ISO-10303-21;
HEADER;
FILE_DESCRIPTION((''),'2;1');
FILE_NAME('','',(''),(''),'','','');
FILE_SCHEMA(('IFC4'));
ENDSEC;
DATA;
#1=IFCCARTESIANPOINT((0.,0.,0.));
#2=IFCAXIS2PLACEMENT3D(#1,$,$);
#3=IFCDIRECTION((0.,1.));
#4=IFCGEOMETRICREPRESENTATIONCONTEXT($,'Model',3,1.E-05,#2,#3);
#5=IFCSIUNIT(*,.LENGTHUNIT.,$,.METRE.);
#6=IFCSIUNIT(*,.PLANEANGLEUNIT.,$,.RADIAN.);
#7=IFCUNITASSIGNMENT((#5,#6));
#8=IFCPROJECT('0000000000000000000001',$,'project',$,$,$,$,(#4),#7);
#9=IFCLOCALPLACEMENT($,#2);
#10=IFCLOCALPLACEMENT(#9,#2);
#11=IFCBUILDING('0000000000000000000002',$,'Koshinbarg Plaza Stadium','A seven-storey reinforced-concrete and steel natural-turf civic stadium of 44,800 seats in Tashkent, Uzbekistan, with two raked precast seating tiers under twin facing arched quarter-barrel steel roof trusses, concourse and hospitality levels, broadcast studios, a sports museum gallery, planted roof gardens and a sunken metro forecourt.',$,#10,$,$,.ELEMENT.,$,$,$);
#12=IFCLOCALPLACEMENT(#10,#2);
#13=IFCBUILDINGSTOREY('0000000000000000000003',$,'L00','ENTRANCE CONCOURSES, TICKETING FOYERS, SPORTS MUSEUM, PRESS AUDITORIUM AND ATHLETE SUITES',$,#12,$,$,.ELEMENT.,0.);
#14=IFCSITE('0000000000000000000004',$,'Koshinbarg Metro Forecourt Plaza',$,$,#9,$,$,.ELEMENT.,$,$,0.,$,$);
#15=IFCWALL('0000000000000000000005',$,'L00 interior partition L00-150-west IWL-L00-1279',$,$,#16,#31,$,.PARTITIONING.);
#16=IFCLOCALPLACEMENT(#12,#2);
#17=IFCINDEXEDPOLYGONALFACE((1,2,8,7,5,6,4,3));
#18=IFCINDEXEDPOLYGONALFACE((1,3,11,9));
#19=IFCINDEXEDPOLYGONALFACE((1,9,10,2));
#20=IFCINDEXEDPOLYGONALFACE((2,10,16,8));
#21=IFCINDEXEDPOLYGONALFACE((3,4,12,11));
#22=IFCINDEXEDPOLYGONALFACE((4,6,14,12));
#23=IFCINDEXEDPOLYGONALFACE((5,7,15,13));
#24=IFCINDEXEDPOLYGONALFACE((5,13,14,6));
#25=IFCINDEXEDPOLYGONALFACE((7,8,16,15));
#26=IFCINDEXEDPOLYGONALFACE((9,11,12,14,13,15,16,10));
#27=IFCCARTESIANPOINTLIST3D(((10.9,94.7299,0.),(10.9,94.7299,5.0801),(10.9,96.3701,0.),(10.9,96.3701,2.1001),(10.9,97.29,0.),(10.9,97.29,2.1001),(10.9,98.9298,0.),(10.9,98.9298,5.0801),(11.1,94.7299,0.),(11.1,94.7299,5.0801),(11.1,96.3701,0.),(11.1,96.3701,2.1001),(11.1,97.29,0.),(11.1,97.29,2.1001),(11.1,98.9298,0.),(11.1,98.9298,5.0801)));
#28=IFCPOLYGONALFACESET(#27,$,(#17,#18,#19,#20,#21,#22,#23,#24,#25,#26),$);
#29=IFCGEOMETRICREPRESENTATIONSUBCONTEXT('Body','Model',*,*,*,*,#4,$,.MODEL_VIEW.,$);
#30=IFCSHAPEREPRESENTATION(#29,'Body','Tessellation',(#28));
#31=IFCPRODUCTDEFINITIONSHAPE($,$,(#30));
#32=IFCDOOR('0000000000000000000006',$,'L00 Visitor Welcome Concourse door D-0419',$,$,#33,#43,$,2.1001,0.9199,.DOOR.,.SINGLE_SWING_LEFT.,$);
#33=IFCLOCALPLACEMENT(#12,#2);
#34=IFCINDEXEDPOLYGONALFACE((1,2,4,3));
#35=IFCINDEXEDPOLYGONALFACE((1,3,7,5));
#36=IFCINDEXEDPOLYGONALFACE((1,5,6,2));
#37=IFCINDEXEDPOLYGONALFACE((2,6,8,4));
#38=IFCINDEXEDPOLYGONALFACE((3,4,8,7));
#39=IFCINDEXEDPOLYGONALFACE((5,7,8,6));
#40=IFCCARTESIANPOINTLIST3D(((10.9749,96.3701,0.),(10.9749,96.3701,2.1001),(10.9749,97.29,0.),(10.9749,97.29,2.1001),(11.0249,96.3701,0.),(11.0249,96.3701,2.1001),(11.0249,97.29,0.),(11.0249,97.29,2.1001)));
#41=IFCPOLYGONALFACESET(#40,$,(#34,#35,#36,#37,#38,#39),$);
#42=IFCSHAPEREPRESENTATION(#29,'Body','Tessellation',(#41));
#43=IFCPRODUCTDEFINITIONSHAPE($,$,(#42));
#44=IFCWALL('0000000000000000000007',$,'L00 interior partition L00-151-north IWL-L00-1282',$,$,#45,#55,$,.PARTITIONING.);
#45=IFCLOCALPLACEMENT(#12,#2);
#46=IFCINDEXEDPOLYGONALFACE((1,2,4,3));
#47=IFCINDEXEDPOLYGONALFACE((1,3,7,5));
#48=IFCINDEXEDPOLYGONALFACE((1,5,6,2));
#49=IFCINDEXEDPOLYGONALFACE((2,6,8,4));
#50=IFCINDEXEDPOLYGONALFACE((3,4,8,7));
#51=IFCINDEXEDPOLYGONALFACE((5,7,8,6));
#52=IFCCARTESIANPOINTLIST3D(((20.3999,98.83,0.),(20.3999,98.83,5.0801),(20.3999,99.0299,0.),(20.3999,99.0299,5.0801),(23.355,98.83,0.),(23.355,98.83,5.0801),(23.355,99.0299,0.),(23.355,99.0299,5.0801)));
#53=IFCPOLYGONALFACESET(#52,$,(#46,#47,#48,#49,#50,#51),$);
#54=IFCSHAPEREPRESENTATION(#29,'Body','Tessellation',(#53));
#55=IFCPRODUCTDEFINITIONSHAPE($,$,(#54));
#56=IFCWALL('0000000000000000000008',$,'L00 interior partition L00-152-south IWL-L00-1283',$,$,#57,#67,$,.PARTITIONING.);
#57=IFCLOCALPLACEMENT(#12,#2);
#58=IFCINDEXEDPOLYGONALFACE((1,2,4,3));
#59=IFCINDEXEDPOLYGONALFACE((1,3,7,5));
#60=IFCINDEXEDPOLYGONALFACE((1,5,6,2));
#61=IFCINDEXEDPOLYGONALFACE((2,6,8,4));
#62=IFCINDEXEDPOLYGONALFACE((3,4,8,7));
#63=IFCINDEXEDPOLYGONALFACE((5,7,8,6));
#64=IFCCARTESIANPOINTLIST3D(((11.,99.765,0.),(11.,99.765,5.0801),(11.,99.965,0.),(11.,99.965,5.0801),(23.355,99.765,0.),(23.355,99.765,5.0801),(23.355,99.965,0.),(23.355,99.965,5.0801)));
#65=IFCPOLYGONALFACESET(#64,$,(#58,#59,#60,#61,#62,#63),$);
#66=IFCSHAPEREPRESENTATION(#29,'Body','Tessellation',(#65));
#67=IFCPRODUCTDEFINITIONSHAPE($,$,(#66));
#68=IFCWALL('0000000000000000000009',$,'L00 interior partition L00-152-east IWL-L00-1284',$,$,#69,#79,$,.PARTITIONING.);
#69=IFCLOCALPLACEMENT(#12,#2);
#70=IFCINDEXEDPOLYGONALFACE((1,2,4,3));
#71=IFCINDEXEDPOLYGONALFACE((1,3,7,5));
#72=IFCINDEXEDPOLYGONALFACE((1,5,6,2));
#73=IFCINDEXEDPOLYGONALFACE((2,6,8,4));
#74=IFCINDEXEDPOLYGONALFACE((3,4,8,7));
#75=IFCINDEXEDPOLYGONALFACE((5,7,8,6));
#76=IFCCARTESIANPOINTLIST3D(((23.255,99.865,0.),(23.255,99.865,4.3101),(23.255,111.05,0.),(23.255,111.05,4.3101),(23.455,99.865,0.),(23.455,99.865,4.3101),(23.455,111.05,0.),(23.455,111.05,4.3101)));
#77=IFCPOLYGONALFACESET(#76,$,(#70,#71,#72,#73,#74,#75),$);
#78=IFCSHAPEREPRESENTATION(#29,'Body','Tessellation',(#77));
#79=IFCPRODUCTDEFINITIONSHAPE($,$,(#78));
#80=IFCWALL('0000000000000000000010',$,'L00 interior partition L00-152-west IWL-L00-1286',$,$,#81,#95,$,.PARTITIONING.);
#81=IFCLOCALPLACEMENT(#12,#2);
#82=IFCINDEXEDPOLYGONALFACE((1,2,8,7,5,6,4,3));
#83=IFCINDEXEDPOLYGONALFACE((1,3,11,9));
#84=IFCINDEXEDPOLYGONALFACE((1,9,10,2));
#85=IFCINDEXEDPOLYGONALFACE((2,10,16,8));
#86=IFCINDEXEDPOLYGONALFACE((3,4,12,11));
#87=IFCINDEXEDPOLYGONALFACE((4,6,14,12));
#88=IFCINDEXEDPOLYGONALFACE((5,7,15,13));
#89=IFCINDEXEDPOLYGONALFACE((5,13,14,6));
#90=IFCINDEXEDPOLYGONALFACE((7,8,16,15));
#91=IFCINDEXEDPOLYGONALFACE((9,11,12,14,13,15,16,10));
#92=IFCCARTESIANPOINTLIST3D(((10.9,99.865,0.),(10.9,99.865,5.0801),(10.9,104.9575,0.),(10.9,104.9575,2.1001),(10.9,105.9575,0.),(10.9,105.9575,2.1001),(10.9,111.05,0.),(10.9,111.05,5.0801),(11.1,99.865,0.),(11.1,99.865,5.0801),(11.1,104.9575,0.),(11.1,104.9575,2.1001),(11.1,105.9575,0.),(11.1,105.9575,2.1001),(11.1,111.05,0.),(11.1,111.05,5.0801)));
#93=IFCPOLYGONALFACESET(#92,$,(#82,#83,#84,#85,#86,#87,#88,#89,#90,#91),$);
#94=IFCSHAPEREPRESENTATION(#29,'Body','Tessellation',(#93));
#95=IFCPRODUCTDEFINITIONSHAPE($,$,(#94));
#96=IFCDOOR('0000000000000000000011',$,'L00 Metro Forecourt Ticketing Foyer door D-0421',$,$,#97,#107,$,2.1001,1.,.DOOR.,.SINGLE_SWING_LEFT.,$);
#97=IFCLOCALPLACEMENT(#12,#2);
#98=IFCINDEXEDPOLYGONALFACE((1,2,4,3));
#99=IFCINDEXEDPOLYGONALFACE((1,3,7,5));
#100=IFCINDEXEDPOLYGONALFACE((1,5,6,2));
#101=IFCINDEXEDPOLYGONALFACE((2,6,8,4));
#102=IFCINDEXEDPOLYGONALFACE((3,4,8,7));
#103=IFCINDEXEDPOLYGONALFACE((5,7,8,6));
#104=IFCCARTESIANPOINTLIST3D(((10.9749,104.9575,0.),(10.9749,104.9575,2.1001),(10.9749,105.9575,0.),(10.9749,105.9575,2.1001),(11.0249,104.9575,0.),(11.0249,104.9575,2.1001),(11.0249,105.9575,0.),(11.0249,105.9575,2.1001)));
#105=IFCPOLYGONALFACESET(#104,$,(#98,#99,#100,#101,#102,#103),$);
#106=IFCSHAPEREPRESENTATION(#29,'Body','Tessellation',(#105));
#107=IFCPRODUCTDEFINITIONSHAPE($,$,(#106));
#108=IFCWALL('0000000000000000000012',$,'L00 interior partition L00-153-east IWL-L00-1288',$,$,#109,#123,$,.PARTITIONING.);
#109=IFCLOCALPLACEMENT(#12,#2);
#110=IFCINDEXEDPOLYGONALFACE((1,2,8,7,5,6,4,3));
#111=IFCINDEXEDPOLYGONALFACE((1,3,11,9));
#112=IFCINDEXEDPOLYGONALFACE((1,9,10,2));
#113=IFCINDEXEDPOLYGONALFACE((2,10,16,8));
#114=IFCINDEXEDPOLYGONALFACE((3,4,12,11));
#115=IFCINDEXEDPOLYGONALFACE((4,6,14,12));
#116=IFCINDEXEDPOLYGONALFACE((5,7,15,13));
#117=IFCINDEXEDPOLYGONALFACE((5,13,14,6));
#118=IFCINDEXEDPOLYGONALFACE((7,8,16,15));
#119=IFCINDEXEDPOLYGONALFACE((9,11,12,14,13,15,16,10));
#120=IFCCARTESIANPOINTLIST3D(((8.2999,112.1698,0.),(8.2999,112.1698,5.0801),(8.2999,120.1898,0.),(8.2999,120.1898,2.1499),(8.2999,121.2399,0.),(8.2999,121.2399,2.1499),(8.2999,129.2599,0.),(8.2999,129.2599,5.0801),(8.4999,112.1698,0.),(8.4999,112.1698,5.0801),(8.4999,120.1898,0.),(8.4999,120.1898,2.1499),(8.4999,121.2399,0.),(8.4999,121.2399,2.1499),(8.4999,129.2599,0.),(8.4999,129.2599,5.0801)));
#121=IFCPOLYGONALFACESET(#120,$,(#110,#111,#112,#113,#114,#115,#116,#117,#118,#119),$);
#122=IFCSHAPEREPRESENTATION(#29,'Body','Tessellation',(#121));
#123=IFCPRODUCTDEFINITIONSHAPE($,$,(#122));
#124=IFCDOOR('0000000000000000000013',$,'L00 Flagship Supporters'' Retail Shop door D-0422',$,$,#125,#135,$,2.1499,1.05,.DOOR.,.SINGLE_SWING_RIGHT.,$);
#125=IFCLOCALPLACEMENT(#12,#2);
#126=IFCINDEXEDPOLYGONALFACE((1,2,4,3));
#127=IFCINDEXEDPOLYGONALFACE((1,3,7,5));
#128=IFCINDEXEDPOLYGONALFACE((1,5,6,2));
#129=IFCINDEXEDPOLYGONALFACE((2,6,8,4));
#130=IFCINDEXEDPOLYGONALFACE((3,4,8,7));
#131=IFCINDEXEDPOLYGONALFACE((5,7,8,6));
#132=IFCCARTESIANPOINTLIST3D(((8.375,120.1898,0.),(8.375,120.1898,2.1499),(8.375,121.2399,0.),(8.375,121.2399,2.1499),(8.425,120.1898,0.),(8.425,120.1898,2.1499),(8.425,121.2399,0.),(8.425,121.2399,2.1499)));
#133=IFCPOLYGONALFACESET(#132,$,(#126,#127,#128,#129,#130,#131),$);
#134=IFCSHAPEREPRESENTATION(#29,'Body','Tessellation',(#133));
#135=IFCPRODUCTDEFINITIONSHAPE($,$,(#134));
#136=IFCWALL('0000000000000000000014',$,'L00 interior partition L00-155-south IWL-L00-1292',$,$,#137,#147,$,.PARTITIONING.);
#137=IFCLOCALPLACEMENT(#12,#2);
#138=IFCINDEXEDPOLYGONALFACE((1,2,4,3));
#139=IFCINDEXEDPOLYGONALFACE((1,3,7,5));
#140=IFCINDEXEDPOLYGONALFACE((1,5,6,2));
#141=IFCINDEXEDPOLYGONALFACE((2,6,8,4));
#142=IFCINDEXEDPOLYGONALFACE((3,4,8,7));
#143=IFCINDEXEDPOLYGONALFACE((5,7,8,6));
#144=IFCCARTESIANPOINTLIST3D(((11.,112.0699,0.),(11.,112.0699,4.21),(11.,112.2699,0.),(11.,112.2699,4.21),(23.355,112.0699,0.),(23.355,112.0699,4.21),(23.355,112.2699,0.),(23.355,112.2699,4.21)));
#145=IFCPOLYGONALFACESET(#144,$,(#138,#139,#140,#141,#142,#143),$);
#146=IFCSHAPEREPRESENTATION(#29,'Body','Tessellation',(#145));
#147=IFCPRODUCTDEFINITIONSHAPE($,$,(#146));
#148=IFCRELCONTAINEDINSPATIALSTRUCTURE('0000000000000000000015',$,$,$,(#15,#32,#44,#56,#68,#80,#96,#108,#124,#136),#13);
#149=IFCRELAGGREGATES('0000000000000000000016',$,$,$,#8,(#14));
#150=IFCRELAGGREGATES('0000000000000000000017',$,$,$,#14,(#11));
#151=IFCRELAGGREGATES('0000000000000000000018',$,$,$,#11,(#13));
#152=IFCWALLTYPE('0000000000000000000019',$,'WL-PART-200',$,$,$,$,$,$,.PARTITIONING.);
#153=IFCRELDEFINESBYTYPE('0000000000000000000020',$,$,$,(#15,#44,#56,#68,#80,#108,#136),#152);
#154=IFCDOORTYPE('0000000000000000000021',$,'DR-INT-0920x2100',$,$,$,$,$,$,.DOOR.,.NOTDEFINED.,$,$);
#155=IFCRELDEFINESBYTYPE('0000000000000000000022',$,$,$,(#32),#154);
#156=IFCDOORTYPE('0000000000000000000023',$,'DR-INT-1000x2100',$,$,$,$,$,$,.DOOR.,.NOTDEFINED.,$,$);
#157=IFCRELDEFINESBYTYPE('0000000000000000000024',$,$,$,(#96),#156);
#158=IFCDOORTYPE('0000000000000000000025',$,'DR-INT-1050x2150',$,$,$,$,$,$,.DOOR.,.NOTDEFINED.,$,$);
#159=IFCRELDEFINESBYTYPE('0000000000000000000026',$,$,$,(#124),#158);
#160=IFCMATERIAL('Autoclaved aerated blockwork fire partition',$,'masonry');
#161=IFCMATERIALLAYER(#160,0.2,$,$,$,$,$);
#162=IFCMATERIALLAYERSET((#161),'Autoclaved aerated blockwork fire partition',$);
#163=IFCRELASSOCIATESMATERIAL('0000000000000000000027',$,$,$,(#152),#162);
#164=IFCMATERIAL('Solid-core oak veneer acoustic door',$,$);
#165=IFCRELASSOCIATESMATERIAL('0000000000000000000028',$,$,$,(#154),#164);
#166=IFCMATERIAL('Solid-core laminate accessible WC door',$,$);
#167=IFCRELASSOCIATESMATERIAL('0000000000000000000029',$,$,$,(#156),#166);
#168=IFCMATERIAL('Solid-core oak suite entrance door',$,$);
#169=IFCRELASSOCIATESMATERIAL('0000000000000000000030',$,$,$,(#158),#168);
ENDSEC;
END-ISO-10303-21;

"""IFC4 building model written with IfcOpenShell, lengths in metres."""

from ifc_helpers import new_model, si_unit, direction, frame, frame_2d, origin, place, context, subcontext, project, spatial, rectangle, extrude, material, layer, layer_set, type_object, element, fill, save


model = new_model("IFC4")

# Units and contexts
model_context = context("Model", 3, precision=1e-05, world=origin(), true_north=direction((0.0, 1.0)))
body_context = subcontext(model_context, "Body", "Model", "MODEL_VIEW")
ifc_project = project(units=[si_unit("LENGTHUNIT", "METRE"), si_unit("PLANEANGLEUNIT", "RADIAN")], contexts=[model_context])

# Site, building, storey
site_placement = place(None, origin())
site = spatial("IfcSite", under=ifc_project, at=site_placement, Name="Koshinbarg Metro Forecourt Plaza", CompositionType="ELEMENT", RefElevation=0.0)
building_placement = place(site_placement, origin())
building = spatial("IfcBuilding", under=site, at=building_placement, Name="Koshinbarg Plaza Stadium", Description="A seven-storey reinforced-concrete and steel natural-turf civic stadium of 44,800 seats in Tashkent, Uzbekistan, with two raked precast seating tiers under twin facing arched quarter-barrel steel roof trusses, concourse and hospitality levels, broadcast studios, a sports museum gallery, planted roof gardens and a sunken metro forecourt.", CompositionType="ELEMENT")
storey_placement = place(building_placement, origin())
storey = spatial("IfcBuildingStorey", under=building, at=storey_placement, Name="L00", Description="ENTRANCE CONCOURSES, TICKETING FOYERS, SPORTS MUSEUM, PRESS AUDITORIUM AND ATHLETE SUITES", CompositionType="ELEMENT", Elevation=0.0)

# Shared definitions
ifc_material_1 = material(Name="Autoclaved aerated blockwork fire partition", Category="masonry")
ifc_layer_1 = layer(ifc_material_1, 0.2)
ifc_layer_set_1 = layer_set([ifc_layer_1], Name="Autoclaved aerated blockwork fire partition")
wall_type_1 = type_object("IfcWallType", Name="WL-PART-200", PredefinedType="PARTITIONING", material=ifc_layer_set_1)

# Wall, opening, door
wall_1_placement = place(storey_placement, frame((11.0, 98.9299, 0.0), z_axis=(0.0, 0.0, 1.0), x_axis=(0.0, -1.0, 0.0)))
wall_1 = element("IfcWall", 1, at=wall_1_placement, inside=storey, type_object=wall_type_1, Name="L00 interior partition L00-150-west IWL-L00-1279", PredefinedType="PARTITIONING", context=body_context, shape_type="SweptSolid", body=[
    extrude(rectangle(XDim=4.2, YDim=0.2, at=frame_2d((2.1001, 0.0))), origin(), (0.0, 0.0, 1.0), 5.0801),
])
opening_1_placement = place(wall_1_placement, frame((1.6399, 0.0, 0.0)))
opening_1 = element("IfcOpeningElement", 2, at=opening_1_placement, cuts=wall_1, PredefinedType="OPENING", context=body_context, shape_type="SweptSolid", body=[
    extrude(rectangle(XDim=0.9199, YDim=2.1001, at=frame_2d((0.46, 1.05))), frame((0.0, 0.1099, 0.0), z_axis=(0.0, -1.0, 0.0), x_axis=(1.0, 0.0, 0.0)), (0.0, 0.0, 1.0), 0.22),
])
ifc_material_2 = material(Name="Solid-core oak veneer acoustic door")
door_type_1 = type_object("IfcDoorType", Name="DR-INT-0920x2100", OperationType="NOTDEFINED", PredefinedType="DOOR", material=ifc_material_2)
door_1_placement = place(opening_1_placement, origin())
door_1 = element("IfcDoor", 3, at=door_1_placement, inside=storey, type_object=door_type_1, Name="L00 Visitor Welcome Concourse door D-0419", OperationType="SINGLE_SWING_LEFT", OverallHeight=2.1001, OverallWidth=0.9199, PredefinedType="DOOR", context=body_context, shape_type="SweptSolid", body=[
    extrude(rectangle(XDim=0.9199, YDim=2.1001, at=frame_2d((0.46, 1.05))), frame((0.0, 0.0249, 0.0), z_axis=(0.0, -1.0, 0.0), x_axis=(1.0, 0.0, 0.0)), (0.0, 0.0, 1.0), 0.05),
])
fill(opening_1, door_1)

# Walls
wall_2_placement = place(storey_placement, frame((23.355, 98.9299, 0.0), z_axis=(0.0, 0.0, 1.0), x_axis=(-1.0, 0.0, 0.0)))
element("IfcWall", 4, at=wall_2_placement, inside=storey, type_object=wall_type_1, Name="L00 interior partition L00-151-north IWL-L00-1282", PredefinedType="PARTITIONING", context=body_context, shape_type="SweptSolid", body=[
    extrude(rectangle(XDim=2.9551, YDim=0.2, at=frame_2d((1.4775, 0.0))), origin(), (0.0, 0.0, 1.0), 5.0801),
])
wall_3_placement = place(storey_placement, frame((11.0, 99.865, 0.0), z_axis=(0.0, 0.0, 1.0), x_axis=(1.0, 0.0, 0.0)))
element("IfcWall", 5, at=wall_3_placement, inside=storey, type_object=wall_type_1, Name="L00 interior partition L00-152-south IWL-L00-1283", PredefinedType="PARTITIONING", context=body_context, shape_type="SweptSolid", body=[
    extrude(rectangle(XDim=12.355, YDim=0.2, at=frame_2d((6.1775, 0.0))), origin(), (0.0, 0.0, 1.0), 5.0801),
])
wall_4_placement = place(storey_placement, frame((23.355, 99.865, 0.0), z_axis=(0.0, 0.0, 1.0), x_axis=(0.0, 1.0, 0.0)))
element("IfcWall", 6, at=wall_4_placement, inside=storey, type_object=wall_type_1, Name="L00 interior partition L00-152-east IWL-L00-1284", PredefinedType="PARTITIONING", context=body_context, shape_type="SweptSolid", body=[
    extrude(rectangle(XDim=11.1851, YDim=0.2, at=frame_2d((5.5925, 0.0))), origin(), (0.0, 0.0, 1.0), 4.3101),
])

# Walls, openings, doors
wall_5_placement = place(storey_placement, frame((11.0, 111.05, 0.0), z_axis=(0.0, 0.0, 1.0), x_axis=(0.0, -1.0, 0.0)))
wall_5 = element("IfcWall", 7, at=wall_5_placement, inside=storey, type_object=wall_type_1, Name="L00 interior partition L00-152-west IWL-L00-1286", PredefinedType="PARTITIONING", context=body_context, shape_type="SweptSolid", body=[
    extrude(rectangle(XDim=11.1851, YDim=0.2, at=frame_2d((5.5925, 0.0))), origin(), (0.0, 0.0, 1.0), 5.0801),
])
opening_2_placement = place(wall_5_placement, frame((5.0925, 0.0, 0.0)))
opening_2 = element("IfcOpeningElement", 8, at=opening_2_placement, cuts=wall_5, PredefinedType="OPENING", context=body_context, shape_type="SweptSolid", body=[
    extrude(rectangle(XDim=1.0, YDim=2.1001, at=frame_2d((0.5, 1.05))), frame((0.0, 0.1099, 0.0), z_axis=(0.0, -1.0, 0.0), x_axis=(1.0, 0.0, 0.0)), (0.0, 0.0, 1.0), 0.22),
])
ifc_material_3 = material(Name="Solid-core laminate accessible WC door")
door_type_2 = type_object("IfcDoorType", Name="DR-INT-1000x2100", OperationType="NOTDEFINED", PredefinedType="DOOR", material=ifc_material_3)
door_2_placement = place(opening_2_placement, origin())
door_2 = element("IfcDoor", 9, at=door_2_placement, inside=storey, type_object=door_type_2, Name="L00 Metro Forecourt Ticketing Foyer door D-0421", OperationType="SINGLE_SWING_LEFT", OverallHeight=2.1001, OverallWidth=1.0, PredefinedType="DOOR", context=body_context, shape_type="SweptSolid", body=[
    extrude(rectangle(XDim=1.0, YDim=2.1001, at=frame_2d((0.5, 1.05))), frame((0.0, 0.0249, 0.0), z_axis=(0.0, -1.0, 0.0), x_axis=(1.0, 0.0, 0.0)), (0.0, 0.0, 1.0), 0.05),
])
fill(opening_2, door_2)
wall_6_placement = place(storey_placement, frame((8.3999, 112.1699, 0.0), z_axis=(0.0, 0.0, 1.0), x_axis=(0.0, 1.0, 0.0)))
wall_6 = element("IfcWall", 10, at=wall_6_placement, inside=storey, type_object=wall_type_1, Name="L00 interior partition L00-153-east IWL-L00-1288", PredefinedType="PARTITIONING", context=body_context, shape_type="SweptSolid", body=[
    extrude(rectangle(XDim=17.0901, YDim=0.2, at=frame_2d((8.5449, 0.0))), origin(), (0.0, 0.0, 1.0), 5.0801),
])
opening_3_placement = place(wall_6_placement, frame((8.02, 0.0, 0.0)))
opening_3 = element("IfcOpeningElement", 11, at=opening_3_placement, cuts=wall_6, PredefinedType="OPENING", context=body_context, shape_type="SweptSolid", body=[
    extrude(rectangle(XDim=1.05, YDim=2.1499, at=frame_2d((0.5249, 1.075))), frame((0.0, 0.1099, 0.0), z_axis=(0.0, -1.0, 0.0), x_axis=(1.0, 0.0, 0.0)), (0.0, 0.0, 1.0), 0.22),
])
ifc_material_4 = material(Name="Solid-core oak suite entrance door")
door_type_3 = type_object("IfcDoorType", Name="DR-INT-1050x2150", OperationType="NOTDEFINED", PredefinedType="DOOR", material=ifc_material_4)
door_3_placement = place(opening_3_placement, origin())
door_3 = element("IfcDoor", 12, at=door_3_placement, inside=storey, type_object=door_type_3, Name="L00 Flagship Supporters' Retail Shop door D-0422", OperationType="SINGLE_SWING_RIGHT", OverallHeight=2.1499, OverallWidth=1.05, PredefinedType="DOOR", context=body_context, shape_type="SweptSolid", body=[
    extrude(rectangle(XDim=1.05, YDim=2.1499, at=frame_2d((0.5249, 1.075))), frame((0.0, 0.0249, 0.0), z_axis=(0.0, -1.0, 0.0), x_axis=(1.0, 0.0, 0.0)), (0.0, 0.0, 1.0), 0.05),
])
fill(opening_3, door_3)

# Wall
wall_7_placement = place(storey_placement, frame((11.0, 112.1699, 0.0), z_axis=(0.0, 0.0, 1.0), x_axis=(1.0, 0.0, 0.0)))
element("IfcWall", 13, at=wall_7_placement, inside=storey, type_object=wall_type_1, Name="L00 interior partition L00-155-south IWL-L00-1292", PredefinedType="PARTITIONING", context=body_context, shape_type="SweptSolid", body=[
    extrude(rectangle(XDim=12.355, YDim=0.2, at=frame_2d((6.1775, 0.0))), origin(), (0.0, 0.0, 1.0), 4.21),
])

save(model, "model.ifc")
